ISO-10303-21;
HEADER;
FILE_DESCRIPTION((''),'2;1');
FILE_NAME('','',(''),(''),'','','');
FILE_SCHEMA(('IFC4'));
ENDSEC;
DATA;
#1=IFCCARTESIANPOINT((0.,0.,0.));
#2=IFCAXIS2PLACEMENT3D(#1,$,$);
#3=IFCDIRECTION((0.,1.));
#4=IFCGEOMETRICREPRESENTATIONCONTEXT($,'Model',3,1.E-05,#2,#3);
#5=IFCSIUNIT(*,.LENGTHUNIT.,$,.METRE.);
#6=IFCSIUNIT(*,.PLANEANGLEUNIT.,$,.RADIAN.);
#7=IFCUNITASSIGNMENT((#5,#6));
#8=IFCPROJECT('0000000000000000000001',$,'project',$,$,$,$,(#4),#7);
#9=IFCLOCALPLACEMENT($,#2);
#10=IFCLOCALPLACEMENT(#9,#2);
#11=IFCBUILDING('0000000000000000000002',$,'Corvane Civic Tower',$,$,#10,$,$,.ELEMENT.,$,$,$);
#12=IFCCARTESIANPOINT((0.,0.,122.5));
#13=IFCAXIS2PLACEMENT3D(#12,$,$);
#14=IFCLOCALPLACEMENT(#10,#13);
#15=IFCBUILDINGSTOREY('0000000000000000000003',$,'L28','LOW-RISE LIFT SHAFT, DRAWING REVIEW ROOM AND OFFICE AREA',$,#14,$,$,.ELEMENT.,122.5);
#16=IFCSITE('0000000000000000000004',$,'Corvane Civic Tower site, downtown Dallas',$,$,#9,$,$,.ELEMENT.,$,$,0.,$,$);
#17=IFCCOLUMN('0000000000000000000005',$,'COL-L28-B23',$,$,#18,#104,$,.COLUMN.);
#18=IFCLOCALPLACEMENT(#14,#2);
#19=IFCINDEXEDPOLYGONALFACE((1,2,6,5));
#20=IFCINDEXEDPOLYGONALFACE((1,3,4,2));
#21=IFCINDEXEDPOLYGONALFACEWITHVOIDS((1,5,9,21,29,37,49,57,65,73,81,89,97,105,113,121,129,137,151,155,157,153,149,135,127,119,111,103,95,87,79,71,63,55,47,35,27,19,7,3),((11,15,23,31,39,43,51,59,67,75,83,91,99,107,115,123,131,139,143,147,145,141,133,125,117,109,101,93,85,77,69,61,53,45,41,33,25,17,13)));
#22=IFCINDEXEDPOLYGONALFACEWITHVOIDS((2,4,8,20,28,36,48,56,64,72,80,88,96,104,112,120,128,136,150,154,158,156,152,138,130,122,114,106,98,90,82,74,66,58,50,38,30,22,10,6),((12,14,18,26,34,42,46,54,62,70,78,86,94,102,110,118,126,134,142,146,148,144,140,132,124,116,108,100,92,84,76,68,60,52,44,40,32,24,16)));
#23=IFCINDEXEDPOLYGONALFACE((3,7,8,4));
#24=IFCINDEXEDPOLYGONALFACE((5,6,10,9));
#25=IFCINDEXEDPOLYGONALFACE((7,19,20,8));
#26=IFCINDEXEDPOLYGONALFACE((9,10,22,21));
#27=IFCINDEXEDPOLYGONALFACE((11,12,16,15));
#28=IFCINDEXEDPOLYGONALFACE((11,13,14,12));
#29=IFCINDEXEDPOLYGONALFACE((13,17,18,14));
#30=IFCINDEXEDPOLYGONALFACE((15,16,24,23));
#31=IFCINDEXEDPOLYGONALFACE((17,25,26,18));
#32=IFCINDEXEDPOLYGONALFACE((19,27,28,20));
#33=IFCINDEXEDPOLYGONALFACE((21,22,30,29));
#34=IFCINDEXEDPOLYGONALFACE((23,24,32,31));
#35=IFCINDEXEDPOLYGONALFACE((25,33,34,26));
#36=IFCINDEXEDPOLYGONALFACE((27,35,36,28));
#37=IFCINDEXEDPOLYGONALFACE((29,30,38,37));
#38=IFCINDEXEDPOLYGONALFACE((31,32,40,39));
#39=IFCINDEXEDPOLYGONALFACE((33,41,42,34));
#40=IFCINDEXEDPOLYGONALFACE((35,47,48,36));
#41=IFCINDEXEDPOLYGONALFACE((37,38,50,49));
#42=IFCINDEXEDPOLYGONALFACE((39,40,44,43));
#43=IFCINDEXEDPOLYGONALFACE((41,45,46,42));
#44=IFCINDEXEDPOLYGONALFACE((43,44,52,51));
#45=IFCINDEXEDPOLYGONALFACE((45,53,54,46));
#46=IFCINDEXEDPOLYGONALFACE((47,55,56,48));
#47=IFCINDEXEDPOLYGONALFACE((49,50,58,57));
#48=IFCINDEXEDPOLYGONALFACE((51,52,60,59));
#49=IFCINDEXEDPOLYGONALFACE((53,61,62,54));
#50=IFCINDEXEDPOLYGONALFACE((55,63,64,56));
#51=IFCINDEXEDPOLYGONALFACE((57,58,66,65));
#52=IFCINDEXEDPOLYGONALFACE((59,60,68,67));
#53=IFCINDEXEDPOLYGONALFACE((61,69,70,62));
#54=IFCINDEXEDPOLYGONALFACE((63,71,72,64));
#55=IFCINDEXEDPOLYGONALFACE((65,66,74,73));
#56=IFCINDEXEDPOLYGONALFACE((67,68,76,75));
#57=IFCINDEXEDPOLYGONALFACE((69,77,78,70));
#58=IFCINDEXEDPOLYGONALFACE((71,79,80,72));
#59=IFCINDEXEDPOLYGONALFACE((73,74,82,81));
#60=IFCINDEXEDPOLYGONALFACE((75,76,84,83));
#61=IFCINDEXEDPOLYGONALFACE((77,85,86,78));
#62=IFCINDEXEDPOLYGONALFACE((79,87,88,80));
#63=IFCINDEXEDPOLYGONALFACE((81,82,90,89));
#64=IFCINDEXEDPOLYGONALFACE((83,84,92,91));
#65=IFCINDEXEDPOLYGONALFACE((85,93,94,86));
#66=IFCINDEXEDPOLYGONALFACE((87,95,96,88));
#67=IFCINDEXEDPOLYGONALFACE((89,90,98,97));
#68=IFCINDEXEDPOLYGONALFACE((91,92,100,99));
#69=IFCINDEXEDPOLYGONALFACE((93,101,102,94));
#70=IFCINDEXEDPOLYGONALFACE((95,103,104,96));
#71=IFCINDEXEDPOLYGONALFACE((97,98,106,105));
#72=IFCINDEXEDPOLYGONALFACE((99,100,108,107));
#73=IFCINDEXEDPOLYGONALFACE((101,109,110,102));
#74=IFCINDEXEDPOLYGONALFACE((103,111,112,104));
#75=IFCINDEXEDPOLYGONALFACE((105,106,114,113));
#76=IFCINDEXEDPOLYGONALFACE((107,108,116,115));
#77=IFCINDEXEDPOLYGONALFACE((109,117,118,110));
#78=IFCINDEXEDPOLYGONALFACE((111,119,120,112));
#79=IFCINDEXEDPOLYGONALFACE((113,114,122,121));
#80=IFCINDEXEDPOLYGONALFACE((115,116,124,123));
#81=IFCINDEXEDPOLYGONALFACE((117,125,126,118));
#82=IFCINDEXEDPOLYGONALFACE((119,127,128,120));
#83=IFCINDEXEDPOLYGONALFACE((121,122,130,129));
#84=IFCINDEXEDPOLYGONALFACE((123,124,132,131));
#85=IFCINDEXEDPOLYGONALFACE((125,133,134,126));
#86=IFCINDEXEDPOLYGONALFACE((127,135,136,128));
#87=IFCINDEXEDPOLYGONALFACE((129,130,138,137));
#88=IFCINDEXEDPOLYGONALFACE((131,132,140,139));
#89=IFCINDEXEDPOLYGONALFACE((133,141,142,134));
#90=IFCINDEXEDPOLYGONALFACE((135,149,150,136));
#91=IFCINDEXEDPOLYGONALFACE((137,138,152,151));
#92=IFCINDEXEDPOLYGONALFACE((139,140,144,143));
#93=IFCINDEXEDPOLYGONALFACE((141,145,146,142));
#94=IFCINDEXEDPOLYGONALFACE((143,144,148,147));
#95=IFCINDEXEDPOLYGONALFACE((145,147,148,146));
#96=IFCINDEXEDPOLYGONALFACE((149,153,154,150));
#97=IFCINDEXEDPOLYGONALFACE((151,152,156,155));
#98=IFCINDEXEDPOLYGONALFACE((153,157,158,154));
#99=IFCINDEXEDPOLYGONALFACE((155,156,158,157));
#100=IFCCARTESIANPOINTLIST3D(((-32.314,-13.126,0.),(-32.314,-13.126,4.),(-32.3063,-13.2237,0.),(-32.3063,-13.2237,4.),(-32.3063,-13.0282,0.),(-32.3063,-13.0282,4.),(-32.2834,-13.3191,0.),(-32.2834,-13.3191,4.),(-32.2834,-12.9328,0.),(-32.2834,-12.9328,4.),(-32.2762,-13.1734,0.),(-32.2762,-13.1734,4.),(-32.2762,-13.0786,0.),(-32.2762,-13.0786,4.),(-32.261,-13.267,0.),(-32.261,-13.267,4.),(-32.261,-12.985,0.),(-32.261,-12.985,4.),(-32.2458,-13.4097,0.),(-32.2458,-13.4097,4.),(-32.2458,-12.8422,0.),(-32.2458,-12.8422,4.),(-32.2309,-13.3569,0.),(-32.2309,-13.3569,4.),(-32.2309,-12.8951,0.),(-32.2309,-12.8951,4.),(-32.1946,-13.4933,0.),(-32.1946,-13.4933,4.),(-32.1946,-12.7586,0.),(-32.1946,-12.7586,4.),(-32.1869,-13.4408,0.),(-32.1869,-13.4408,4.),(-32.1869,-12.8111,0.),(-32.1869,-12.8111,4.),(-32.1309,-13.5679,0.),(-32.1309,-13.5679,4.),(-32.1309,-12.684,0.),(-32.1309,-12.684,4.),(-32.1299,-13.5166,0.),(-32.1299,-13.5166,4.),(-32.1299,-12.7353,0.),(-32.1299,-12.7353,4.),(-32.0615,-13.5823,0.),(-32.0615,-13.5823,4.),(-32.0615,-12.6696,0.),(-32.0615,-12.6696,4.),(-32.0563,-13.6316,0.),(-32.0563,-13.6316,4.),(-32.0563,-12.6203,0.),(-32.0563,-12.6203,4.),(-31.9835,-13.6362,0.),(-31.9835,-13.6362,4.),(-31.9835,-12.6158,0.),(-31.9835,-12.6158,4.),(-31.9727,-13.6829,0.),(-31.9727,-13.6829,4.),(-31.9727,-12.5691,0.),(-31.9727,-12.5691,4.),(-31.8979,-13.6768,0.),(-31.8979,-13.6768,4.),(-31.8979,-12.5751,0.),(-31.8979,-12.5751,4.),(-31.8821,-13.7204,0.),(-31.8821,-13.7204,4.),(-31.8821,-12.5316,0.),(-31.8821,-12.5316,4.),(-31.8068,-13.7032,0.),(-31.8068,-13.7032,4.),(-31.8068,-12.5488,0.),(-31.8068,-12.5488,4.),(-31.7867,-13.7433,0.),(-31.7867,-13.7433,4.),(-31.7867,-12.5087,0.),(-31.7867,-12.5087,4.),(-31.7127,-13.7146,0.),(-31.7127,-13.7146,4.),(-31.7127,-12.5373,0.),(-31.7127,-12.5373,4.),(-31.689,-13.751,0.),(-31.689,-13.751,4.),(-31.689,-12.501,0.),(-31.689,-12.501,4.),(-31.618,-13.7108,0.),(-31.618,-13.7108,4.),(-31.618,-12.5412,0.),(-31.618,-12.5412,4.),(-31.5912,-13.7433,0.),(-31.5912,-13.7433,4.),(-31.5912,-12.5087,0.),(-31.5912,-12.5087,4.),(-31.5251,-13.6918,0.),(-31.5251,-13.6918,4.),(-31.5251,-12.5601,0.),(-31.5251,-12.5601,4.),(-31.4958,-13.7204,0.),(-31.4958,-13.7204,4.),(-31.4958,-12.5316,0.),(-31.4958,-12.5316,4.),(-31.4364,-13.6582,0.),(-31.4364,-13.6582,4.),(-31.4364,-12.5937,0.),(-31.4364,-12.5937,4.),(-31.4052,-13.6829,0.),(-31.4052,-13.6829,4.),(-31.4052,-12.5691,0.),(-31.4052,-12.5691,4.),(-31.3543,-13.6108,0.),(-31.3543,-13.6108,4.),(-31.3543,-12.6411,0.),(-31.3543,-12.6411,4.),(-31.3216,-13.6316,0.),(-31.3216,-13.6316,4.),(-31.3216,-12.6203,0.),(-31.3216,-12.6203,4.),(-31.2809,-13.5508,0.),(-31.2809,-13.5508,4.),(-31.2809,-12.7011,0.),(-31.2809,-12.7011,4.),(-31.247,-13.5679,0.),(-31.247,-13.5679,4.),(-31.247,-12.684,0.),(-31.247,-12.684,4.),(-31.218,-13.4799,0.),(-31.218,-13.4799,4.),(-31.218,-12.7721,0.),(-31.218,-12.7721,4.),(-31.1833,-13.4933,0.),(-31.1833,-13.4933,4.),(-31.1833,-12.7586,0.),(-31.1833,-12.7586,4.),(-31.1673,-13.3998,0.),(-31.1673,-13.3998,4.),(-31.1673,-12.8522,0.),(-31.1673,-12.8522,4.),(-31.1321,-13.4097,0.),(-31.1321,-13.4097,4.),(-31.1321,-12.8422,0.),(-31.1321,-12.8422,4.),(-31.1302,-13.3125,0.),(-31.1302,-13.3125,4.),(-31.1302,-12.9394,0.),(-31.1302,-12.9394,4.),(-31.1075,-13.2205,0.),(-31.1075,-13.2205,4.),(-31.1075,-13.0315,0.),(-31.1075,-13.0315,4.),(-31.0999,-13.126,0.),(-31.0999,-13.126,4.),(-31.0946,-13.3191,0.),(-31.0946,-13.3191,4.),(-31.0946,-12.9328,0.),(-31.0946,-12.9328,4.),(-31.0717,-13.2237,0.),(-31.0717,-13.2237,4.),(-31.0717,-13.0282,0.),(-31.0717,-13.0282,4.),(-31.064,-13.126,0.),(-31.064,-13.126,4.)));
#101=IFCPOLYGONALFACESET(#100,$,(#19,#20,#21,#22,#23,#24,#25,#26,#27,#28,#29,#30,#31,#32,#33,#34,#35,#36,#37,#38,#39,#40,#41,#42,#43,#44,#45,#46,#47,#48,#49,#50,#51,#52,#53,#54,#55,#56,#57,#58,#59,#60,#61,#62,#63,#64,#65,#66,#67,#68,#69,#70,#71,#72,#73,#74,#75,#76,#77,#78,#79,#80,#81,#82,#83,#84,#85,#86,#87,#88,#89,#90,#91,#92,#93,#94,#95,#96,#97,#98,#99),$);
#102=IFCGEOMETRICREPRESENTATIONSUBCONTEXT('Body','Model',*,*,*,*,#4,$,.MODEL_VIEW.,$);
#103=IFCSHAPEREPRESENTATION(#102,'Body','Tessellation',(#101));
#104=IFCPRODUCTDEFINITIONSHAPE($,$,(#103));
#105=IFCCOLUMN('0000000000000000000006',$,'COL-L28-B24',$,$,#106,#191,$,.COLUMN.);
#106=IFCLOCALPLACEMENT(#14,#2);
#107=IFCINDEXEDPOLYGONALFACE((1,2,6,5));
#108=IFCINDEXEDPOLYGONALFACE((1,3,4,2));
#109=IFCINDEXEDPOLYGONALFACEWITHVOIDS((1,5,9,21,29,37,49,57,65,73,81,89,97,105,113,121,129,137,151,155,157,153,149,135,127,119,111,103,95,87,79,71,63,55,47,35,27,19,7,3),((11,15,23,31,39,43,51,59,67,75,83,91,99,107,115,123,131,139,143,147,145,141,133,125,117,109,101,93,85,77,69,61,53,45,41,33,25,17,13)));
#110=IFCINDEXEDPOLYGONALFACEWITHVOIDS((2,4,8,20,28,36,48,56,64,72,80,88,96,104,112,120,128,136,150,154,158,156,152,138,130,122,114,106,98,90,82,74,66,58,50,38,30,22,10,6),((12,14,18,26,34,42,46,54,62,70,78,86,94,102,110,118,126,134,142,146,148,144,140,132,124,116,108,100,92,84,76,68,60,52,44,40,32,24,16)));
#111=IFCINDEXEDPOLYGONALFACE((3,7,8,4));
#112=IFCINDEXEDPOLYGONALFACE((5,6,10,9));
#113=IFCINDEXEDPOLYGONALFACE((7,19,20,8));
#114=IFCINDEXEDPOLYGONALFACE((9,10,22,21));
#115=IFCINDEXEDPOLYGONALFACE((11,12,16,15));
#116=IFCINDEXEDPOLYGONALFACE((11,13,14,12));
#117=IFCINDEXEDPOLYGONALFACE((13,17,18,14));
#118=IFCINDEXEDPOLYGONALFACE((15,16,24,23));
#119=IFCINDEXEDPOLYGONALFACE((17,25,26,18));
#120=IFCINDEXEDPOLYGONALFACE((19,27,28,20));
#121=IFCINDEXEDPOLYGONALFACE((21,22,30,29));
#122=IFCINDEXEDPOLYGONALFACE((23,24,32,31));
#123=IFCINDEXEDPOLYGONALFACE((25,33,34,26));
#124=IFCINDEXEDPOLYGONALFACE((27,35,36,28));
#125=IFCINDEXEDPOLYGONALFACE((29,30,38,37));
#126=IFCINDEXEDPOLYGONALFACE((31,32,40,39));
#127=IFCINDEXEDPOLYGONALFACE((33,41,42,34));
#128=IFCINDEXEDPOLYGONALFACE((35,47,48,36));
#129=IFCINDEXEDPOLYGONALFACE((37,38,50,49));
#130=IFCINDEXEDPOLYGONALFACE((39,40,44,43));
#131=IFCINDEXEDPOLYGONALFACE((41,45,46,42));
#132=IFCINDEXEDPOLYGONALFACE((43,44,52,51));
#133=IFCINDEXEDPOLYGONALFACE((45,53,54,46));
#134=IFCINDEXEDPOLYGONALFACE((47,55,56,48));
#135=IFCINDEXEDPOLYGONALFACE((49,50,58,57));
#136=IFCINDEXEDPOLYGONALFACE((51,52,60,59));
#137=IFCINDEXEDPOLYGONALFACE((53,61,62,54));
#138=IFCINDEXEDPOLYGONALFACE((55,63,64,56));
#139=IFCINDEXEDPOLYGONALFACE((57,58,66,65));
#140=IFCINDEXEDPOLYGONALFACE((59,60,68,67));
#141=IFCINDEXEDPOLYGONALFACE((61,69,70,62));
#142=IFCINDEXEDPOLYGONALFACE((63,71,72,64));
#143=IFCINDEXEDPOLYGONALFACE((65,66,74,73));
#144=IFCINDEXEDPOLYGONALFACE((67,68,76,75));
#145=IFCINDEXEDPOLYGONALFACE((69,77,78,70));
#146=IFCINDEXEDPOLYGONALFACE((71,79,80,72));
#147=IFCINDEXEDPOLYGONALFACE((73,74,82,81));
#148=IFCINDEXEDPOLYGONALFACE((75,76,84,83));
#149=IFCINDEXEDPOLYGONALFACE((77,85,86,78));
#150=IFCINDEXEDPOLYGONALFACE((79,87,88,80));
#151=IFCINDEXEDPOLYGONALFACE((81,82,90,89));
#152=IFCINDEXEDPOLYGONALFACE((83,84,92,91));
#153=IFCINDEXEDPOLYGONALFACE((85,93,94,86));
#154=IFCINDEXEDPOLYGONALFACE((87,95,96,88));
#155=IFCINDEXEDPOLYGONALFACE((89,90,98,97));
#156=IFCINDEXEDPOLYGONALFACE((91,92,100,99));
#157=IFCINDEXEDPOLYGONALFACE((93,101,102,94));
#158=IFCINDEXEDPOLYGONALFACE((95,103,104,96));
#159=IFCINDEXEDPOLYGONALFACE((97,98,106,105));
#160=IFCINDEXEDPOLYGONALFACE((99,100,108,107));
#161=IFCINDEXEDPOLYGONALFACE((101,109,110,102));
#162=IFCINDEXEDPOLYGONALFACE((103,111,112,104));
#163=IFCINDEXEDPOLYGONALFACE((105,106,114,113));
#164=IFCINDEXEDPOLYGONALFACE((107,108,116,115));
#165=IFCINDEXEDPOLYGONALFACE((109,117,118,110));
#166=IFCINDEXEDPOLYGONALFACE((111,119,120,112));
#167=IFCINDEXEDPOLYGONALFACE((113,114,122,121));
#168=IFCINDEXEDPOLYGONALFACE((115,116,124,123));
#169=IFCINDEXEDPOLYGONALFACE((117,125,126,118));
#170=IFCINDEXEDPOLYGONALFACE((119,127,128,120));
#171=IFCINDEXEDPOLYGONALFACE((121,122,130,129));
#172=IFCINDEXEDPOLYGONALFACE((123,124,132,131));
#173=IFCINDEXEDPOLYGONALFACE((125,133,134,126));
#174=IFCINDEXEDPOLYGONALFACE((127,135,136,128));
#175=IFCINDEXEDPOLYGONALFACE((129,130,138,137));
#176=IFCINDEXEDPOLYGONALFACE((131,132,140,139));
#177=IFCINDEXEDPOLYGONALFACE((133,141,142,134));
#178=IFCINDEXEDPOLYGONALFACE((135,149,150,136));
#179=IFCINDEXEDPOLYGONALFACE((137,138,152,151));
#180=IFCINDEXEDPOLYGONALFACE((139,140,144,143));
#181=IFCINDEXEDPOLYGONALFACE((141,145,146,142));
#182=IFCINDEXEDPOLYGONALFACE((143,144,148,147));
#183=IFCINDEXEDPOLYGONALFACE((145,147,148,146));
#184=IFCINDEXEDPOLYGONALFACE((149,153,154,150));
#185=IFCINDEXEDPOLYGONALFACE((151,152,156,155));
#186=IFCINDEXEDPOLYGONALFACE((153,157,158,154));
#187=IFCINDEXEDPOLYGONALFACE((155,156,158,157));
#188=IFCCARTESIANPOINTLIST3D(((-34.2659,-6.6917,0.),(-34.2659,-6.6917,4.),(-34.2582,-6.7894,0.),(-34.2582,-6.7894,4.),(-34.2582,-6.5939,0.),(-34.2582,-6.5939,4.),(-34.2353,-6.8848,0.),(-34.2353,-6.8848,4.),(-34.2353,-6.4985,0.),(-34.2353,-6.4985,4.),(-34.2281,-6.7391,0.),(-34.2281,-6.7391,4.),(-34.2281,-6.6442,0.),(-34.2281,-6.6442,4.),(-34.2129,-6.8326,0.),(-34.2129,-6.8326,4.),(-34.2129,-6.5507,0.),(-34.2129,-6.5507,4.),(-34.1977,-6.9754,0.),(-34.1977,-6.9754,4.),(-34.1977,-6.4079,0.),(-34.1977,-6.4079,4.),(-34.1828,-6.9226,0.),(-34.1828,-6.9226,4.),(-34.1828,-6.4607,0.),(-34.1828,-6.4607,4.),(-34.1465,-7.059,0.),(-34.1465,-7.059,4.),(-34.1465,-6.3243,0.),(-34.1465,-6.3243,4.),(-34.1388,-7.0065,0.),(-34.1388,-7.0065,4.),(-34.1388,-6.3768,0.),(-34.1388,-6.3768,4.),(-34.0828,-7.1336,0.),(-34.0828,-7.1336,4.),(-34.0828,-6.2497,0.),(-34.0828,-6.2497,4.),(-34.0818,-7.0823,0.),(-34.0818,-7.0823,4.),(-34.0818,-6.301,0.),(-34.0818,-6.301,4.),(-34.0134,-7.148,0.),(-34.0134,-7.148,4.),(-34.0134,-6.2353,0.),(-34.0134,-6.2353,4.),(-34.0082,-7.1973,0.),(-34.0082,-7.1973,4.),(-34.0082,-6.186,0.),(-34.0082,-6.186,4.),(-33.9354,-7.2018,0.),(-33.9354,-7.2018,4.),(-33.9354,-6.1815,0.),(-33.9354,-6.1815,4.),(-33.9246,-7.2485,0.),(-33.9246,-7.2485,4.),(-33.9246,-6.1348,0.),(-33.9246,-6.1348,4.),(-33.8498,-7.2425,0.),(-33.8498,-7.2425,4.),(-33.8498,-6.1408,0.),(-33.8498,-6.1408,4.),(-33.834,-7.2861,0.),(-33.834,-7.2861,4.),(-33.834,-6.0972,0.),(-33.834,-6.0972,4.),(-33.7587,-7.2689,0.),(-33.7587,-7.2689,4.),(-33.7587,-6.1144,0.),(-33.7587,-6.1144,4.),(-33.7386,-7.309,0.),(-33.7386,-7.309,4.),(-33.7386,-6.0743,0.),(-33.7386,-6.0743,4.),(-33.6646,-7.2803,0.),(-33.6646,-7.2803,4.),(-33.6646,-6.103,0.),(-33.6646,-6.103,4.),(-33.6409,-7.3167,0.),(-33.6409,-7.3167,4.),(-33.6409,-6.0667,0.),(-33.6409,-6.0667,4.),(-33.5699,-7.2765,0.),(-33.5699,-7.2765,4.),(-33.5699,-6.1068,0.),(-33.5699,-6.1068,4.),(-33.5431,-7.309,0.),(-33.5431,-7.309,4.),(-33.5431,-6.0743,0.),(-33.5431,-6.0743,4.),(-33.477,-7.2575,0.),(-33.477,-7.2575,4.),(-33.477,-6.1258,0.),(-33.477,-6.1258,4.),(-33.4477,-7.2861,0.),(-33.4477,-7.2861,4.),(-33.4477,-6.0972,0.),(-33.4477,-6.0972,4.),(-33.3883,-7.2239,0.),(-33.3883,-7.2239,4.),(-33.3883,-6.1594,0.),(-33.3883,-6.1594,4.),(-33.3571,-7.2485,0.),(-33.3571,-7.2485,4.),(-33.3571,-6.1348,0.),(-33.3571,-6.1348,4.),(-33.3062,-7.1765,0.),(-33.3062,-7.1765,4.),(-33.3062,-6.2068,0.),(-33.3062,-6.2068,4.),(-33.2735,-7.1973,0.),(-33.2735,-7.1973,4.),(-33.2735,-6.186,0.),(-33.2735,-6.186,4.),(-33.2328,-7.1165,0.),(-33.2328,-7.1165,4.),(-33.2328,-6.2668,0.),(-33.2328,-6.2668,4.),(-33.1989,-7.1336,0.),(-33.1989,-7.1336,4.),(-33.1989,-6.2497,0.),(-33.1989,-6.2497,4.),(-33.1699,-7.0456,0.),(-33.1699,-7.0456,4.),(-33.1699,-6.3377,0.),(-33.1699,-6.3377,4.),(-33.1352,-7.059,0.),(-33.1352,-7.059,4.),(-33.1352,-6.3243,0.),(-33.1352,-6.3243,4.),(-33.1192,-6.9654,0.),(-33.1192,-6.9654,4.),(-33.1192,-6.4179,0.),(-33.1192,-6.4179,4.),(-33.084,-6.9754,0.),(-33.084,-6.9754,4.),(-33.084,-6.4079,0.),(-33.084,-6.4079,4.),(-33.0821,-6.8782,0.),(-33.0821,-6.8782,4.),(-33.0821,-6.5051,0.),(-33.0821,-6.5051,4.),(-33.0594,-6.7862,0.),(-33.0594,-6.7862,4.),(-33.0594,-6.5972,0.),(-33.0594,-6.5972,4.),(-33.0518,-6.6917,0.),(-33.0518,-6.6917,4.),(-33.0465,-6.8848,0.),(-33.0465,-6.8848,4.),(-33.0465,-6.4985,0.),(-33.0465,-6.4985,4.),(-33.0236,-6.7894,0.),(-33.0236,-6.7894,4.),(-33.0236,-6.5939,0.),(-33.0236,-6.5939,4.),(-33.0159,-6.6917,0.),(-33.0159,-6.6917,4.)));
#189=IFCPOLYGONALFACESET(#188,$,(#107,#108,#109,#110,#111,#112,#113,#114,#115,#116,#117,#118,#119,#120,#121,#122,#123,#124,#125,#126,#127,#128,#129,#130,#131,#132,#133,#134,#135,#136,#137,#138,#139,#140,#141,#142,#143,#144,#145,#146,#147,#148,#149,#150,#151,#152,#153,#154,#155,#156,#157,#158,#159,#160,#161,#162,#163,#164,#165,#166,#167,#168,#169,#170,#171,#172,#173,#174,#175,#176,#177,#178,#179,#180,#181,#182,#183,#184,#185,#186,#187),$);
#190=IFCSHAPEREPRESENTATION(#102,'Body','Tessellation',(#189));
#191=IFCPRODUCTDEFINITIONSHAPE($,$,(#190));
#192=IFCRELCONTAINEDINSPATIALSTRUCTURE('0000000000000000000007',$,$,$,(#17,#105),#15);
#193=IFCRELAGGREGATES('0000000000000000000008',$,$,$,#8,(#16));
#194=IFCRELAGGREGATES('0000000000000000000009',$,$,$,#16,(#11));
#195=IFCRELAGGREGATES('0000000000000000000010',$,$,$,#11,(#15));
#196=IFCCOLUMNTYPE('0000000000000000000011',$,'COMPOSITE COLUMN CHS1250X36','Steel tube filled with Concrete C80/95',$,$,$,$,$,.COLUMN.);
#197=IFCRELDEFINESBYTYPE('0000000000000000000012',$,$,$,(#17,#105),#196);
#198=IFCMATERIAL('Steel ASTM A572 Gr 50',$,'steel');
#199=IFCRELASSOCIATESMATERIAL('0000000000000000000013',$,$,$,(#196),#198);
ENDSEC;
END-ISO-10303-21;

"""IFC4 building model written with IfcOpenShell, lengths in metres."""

from ifc_helpers import new_model, si_unit, direction, frame, origin, origin_2d, place, context, subcontext, project, spatial, hollow_circle, extrude, material, material_profile, profile_set, type_object, element, save


model = new_model("IFC4")

# Units and contexts
model_context = context("Model", 3, precision=1e-05, world=origin(), true_north=direction((0.0, 1.0)))
body_context = subcontext(model_context, "Body", "Model", "MODEL_VIEW")
ifc_project = project(units=[si_unit("LENGTHUNIT", "METRE"), si_unit("PLANEANGLEUNIT", "RADIAN")], contexts=[model_context])

# Site, building, storey
site_placement = place(None, origin())
site = spatial("IfcSite", under=ifc_project, at=site_placement, Name="Corvane Civic Tower site, downtown Dallas", CompositionType="ELEMENT", RefElevation=0.0)
building_placement = place(site_placement, origin())
building = spatial("IfcBuilding", under=site, at=building_placement, Name="Corvane Civic Tower", CompositionType="ELEMENT")
storey_placement = place(building_placement, frame((0.0, 0.0, 122.5)))
storey = spatial("IfcBuildingStorey", under=building, at=storey_placement, Name="L28", Description="LOW-RISE LIFT SHAFT, DRAWING REVIEW ROOM AND OFFICE AREA", CompositionType="ELEMENT", Elevation=122.5)

# Columns
ifc_material_1 = material(Name="Steel ASTM A572 Gr 50", Category="steel")
ifc_material_profile_1 = material_profile(ifc_material_1, hollow_circle(Radius=0.625, WallThickness=0.0359, at=origin_2d()), Name="CHS1250X36")
ifc_profile_set_1 = profile_set([ifc_material_profile_1], Name="Steel ASTM A572 Gr 50")
column_type = type_object("IfcColumnType", Name="COMPOSITE COLUMN CHS1250X36", Description="Steel tube filled with Concrete C80/95", PredefinedType="COLUMN", material=ifc_profile_set_1)
for number, where, z_axis, x_axis, name in (
    (1, (-31.689, -13.126, 0.0), (0.0, 0.0, 1.0), (1.0, 0.0, 0.0), "COL-L28-B23"),
    (2, (-33.6409, -6.6917, 0.0), (0.0, 0.0, 1.0), (1.0, 0.0, 0.0), "COL-L28-B24"),
):
    element("IfcColumn", number, at=place(storey_placement, frame(where, z_axis=z_axis, x_axis=x_axis)), inside=storey, type_object=column_type, Name=name, PredefinedType="COLUMN", context=body_context, shape_type="SweptSolid", body=[
        extrude(hollow_circle(Radius=0.625, WallThickness=0.0359, at=origin_2d()), origin(), (0.0, 0.0, 1.0), 4.0),
    ])

save(model, "model.ifc")
